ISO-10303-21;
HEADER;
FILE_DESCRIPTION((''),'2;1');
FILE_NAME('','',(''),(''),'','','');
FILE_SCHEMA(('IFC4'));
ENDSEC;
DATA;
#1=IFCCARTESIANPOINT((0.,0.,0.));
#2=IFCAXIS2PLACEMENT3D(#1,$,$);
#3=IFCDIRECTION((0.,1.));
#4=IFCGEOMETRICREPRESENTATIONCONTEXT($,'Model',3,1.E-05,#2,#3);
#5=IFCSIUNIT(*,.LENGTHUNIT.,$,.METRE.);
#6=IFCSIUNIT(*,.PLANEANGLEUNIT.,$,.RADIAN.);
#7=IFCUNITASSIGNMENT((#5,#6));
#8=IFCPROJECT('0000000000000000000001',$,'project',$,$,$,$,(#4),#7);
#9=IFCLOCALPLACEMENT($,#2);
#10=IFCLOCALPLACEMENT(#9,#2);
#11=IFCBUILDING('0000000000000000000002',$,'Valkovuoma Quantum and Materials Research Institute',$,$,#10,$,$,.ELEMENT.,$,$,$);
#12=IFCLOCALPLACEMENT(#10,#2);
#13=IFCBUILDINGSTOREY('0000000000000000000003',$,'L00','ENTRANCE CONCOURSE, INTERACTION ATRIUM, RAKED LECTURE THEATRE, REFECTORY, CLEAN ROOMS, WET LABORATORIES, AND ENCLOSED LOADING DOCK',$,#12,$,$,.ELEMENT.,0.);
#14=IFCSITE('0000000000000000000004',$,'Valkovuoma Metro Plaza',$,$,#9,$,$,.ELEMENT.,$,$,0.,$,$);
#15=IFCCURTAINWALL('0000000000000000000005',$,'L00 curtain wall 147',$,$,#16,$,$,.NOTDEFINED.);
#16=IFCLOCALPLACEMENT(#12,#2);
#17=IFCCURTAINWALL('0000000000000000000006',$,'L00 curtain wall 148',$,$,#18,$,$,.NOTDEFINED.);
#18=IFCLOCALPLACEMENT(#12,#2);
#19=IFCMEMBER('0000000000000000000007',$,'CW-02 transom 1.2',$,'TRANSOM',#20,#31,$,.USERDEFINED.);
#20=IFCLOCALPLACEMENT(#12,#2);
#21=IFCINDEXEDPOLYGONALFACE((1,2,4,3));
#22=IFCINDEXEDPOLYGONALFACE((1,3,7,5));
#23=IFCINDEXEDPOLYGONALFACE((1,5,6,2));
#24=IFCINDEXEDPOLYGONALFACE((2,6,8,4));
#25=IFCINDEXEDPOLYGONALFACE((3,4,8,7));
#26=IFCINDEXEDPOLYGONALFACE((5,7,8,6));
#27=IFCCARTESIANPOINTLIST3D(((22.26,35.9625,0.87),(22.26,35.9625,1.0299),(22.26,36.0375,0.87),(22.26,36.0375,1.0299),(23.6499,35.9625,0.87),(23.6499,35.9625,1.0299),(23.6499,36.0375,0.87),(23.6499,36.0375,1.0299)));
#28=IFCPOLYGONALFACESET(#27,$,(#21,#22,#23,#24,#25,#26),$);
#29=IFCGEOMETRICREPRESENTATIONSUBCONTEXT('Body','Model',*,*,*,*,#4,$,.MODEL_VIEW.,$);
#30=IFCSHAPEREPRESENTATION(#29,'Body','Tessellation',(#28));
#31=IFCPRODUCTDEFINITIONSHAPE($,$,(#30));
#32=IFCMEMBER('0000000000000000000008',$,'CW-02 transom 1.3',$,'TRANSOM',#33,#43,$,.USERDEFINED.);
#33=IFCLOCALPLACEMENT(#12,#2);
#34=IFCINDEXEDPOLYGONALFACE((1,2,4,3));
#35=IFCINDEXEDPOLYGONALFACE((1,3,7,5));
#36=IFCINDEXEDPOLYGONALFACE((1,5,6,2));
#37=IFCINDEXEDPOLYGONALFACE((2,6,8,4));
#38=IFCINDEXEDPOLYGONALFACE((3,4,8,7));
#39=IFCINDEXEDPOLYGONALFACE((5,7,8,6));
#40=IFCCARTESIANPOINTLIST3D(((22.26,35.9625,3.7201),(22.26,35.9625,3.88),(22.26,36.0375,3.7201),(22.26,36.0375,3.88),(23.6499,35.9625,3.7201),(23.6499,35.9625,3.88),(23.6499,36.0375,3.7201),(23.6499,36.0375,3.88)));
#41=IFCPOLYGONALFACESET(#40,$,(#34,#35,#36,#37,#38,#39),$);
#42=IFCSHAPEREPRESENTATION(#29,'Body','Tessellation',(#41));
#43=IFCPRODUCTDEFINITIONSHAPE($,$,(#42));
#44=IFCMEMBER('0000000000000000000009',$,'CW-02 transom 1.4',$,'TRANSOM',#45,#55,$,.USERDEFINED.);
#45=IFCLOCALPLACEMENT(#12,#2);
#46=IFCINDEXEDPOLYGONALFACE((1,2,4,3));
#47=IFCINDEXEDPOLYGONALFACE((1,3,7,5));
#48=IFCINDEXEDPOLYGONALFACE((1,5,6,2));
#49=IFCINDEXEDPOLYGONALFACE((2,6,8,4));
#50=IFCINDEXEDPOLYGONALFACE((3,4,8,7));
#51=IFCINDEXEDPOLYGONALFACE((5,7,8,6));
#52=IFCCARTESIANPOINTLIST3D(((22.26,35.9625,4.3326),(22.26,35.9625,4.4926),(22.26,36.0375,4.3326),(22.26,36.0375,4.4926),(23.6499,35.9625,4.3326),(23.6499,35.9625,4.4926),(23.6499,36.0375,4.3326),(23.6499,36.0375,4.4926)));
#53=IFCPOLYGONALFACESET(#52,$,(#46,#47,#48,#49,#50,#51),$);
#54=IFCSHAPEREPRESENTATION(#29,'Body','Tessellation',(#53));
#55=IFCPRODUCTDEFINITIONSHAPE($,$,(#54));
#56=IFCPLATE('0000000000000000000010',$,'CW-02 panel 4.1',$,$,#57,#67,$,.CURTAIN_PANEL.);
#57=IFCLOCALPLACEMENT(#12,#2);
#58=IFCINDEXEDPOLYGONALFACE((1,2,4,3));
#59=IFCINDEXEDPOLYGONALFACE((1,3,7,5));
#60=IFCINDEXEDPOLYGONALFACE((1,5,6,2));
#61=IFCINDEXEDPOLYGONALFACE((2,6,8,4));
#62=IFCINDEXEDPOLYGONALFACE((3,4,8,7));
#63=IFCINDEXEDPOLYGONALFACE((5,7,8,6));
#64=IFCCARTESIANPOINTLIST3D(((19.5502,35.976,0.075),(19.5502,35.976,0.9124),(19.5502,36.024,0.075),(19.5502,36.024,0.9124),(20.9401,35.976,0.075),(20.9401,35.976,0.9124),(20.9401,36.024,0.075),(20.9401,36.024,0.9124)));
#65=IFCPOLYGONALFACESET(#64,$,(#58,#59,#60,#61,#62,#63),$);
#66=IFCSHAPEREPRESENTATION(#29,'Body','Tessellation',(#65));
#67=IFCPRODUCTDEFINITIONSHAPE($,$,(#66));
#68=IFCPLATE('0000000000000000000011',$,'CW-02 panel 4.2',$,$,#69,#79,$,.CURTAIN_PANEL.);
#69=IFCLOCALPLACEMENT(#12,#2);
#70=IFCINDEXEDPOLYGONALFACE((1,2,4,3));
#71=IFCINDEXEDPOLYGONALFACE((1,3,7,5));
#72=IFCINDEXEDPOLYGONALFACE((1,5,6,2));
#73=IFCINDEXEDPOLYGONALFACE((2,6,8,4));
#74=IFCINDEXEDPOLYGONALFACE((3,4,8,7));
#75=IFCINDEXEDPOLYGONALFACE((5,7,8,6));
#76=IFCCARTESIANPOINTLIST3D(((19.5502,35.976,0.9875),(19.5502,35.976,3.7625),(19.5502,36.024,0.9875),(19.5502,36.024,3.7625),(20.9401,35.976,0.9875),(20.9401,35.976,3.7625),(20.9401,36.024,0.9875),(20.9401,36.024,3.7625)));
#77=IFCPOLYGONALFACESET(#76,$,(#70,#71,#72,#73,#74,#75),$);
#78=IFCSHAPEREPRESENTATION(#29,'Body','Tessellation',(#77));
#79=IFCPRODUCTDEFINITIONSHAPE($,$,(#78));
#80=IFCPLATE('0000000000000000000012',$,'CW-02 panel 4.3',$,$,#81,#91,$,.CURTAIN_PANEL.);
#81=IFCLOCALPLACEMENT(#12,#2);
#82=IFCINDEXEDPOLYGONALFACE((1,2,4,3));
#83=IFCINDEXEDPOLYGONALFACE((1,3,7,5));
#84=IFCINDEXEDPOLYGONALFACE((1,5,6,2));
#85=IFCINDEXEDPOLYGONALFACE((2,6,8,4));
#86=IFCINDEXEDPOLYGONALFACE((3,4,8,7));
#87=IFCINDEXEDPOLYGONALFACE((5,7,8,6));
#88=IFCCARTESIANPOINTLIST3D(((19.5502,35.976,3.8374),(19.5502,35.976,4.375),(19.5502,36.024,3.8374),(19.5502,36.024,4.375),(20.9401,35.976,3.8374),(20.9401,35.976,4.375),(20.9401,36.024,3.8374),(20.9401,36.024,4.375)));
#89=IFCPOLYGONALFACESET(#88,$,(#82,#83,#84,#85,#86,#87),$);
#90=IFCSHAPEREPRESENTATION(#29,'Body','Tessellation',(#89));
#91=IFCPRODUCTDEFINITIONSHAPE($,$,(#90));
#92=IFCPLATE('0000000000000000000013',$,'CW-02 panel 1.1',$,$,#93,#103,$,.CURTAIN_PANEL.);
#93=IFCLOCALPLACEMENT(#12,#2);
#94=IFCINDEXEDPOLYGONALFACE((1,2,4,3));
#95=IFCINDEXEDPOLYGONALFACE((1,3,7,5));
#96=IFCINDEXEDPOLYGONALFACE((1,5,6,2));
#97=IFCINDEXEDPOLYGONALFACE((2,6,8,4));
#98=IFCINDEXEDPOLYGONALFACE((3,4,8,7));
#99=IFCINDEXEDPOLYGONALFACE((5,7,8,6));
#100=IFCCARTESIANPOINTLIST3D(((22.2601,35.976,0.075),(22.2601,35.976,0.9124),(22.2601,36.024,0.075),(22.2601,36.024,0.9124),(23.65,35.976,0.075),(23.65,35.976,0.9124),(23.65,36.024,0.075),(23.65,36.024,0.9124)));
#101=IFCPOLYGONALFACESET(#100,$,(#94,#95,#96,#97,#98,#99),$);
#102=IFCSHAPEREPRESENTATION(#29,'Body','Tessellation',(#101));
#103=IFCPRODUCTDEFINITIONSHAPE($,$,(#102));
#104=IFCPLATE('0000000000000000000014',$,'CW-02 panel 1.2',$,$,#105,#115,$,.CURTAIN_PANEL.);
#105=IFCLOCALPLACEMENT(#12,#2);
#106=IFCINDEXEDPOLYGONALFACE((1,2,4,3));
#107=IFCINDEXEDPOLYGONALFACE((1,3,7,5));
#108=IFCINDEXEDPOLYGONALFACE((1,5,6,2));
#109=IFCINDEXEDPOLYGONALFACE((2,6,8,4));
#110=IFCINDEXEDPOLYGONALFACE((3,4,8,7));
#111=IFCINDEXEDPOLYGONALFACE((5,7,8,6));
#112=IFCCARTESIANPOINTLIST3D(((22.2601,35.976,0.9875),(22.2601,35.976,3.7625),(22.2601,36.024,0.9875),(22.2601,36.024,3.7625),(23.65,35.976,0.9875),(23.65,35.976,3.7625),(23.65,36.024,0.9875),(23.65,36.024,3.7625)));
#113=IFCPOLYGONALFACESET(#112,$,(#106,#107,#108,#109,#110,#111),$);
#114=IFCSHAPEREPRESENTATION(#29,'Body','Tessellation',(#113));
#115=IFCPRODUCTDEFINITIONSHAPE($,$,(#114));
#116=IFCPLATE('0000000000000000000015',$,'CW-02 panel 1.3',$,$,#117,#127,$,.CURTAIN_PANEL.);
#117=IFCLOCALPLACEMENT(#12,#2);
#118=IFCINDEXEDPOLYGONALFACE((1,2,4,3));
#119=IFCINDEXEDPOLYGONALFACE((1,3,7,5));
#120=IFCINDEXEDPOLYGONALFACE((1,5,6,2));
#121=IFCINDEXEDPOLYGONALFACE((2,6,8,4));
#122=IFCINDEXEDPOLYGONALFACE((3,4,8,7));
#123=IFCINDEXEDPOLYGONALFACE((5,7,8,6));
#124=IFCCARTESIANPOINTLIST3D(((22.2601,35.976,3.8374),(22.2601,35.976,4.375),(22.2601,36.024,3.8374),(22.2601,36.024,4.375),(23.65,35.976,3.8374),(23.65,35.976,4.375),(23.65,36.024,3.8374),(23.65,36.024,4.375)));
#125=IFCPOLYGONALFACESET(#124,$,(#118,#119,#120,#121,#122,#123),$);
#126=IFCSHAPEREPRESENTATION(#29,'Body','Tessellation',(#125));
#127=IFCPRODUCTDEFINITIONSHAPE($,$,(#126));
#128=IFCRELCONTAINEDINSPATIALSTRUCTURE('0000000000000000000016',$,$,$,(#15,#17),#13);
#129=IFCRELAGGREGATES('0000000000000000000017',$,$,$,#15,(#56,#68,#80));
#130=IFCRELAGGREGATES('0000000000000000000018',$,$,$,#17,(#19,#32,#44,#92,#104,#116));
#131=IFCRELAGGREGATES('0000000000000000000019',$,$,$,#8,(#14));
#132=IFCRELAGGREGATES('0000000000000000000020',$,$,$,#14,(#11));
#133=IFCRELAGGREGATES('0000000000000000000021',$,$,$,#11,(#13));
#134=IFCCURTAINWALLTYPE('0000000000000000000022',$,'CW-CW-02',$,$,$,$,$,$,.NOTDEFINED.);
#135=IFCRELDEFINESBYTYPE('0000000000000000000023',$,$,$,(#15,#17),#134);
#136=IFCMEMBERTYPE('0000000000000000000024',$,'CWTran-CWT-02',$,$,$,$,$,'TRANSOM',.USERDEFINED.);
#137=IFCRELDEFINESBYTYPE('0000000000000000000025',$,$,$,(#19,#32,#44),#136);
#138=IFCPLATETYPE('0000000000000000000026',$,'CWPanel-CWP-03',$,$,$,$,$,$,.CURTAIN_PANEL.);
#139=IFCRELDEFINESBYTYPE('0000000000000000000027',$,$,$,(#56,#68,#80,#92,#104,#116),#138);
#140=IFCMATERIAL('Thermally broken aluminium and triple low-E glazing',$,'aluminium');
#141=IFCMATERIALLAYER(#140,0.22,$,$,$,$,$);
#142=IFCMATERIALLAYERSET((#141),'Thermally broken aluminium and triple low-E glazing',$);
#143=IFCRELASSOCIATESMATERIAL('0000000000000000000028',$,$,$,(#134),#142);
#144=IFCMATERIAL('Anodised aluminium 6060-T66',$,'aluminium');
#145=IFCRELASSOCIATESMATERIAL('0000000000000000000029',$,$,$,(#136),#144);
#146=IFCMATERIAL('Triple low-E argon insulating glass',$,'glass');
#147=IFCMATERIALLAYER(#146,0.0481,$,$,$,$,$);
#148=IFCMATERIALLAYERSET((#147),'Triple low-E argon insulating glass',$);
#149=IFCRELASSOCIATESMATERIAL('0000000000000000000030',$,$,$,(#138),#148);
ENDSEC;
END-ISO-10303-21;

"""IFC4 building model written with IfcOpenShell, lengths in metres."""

from ifc_helpers import new_model, si_unit, direction, frame, origin, origin_2d, place, context, subcontext, project, spatial, rectangle, extrude, material, layer, layer_set, material_profile, profile_set, type_object, element, aggregate, save


model = new_model("IFC4")

# Units and contexts
model_context = context("Model", 3, precision=1e-05, world=origin(), true_north=direction((0.0, 1.0)))
body_context = subcontext(model_context, "Body", "Model", "MODEL_VIEW")
ifc_project = project(units=[si_unit("LENGTHUNIT", "METRE"), si_unit("PLANEANGLEUNIT", "RADIAN")], contexts=[model_context])

# Site, building, storey
site_placement = place(None, origin())
site = spatial("IfcSite", under=ifc_project, at=site_placement, Name="Valkovuoma Metro Plaza", CompositionType="ELEMENT", RefElevation=0.0)
building_placement = place(site_placement, origin())
building = spatial("IfcBuilding", under=site, at=building_placement, Name="Valkovuoma Quantum and Materials Research Institute", CompositionType="ELEMENT")
storey_placement = place(building_placement, origin())
storey = spatial("IfcBuildingStorey", under=building, at=storey_placement, Name="L00", Description="ENTRANCE CONCOURSE, INTERACTION ATRIUM, RAKED LECTURE THEATRE, REFECTORY, CLEAN ROOMS, WET LABORATORIES, AND ENCLOSED LOADING DOCK", CompositionType="ELEMENT", Elevation=0.0)

# Curtain wall
ifc_material_1 = material(Name="Thermally broken aluminium and triple low-E glazing", Category="aluminium")
ifc_layer_1 = layer(ifc_material_1, 0.22)
ifc_layer_set_1 = layer_set([ifc_layer_1], Name="Thermally broken aluminium and triple low-E glazing")
curtain_wall_type = type_object("IfcCurtainWallType", Name="CW-CW-02", PredefinedType="NOTDEFINED", material=ifc_layer_set_1)
curtain_wall_1_placement = place(storey_placement, origin())
curtain_wall_1 = element("IfcCurtainWall", 1, at=curtain_wall_1_placement, inside=storey, type_object=curtain_wall_type, Name="L00 curtain wall 147", PredefinedType="NOTDEFINED")

# Curtain wall, members
curtain_wall_2_placement = place(storey_placement, origin())
curtain_wall_2 = element("IfcCurtainWall", 2, at=curtain_wall_2_placement, inside=storey, type_object=curtain_wall_type, Name="L00 curtain wall 148", PredefinedType="NOTDEFINED")
ifc_material_2 = material(Name="Anodised aluminium 6060-T66", Category="aluminium")
ifc_material_profile_1 = material_profile(ifc_material_2, rectangle(XDim=0.075, YDim=0.1599, at=origin_2d()), Name="Anodised aluminium 6060-T66")
ifc_profile_set_1 = profile_set([ifc_material_profile_1], Name="Anodised aluminium 6060-T66")
member_type_1 = type_object("IfcMemberType", Name="CWTran-CWT-02", ElementType="TRANSOM", PredefinedType="USERDEFINED", material=ifc_profile_set_1)
member_1_placement = place(storey_placement, frame((22.26, 36.0, 0.95), z_axis=(1.0, 0.0, 0.0), x_axis=(0.0, 1.0, 0.0)))
member_1 = element("IfcMember", 3, at=member_1_placement, type_object=member_type_1, Name="CW-02 transom 1.2", ObjectType="TRANSOM", PredefinedType="USERDEFINED", context=body_context, shape_type="SweptSolid", body=[
    extrude(rectangle(XDim=0.075, YDim=0.1599, at=origin_2d()), origin(), (0.0, 0.0, 1.0), 1.3899),
])
member_2_placement = place(storey_placement, frame((22.26, 36.0, 3.8), z_axis=(1.0, 0.0, 0.0), x_axis=(0.0, 1.0, 0.0)))
member_2 = element("IfcMember", 4, at=member_2_placement, type_object=member_type_1, Name="CW-02 transom 1.3", ObjectType="TRANSOM", PredefinedType="USERDEFINED", context=body_context, shape_type="SweptSolid", body=[
    extrude(rectangle(XDim=0.075, YDim=0.1599, at=origin_2d()), origin(), (0.0, 0.0, 1.0), 1.3899),
])
member_3_placement = place(storey_placement, frame((22.26, 36.0, 4.4126), z_axis=(1.0, 0.0, 0.0), x_axis=(0.0, 1.0, 0.0)))
member_3 = element("IfcMember", 5, at=member_3_placement, type_object=member_type_1, Name="CW-02 transom 1.4", ObjectType="TRANSOM", PredefinedType="USERDEFINED", context=body_context, shape_type="SweptSolid", body=[
    extrude(rectangle(XDim=0.075, YDim=0.1599, at=origin_2d()), origin(), (0.0, 0.0, 1.0), 1.3899),
])

# Plates
ifc_material_3 = material(Name="Triple low-E argon insulating glass", Category="glass")
ifc_layer_2 = layer(ifc_material_3, 0.0481)
ifc_layer_set_2 = layer_set([ifc_layer_2], Name="Triple low-E argon insulating glass")
plate_type = type_object("IfcPlateType", Name="CWPanel-CWP-03", PredefinedType="CURTAIN_PANEL", material=ifc_layer_set_2)
plate_1_placement = place(storey_placement, frame((20.2451, 36.0, 0.075), z_axis=(0.0, 0.0, 1.0), x_axis=(1.0, 0.0, 0.0)))
plate_1 = element("IfcPlate", 6, at=plate_1_placement, type_object=plate_type, Name="CW-02 panel 4.1", PredefinedType="CURTAIN_PANEL", context=body_context, shape_type="SweptSolid", body=[
    extrude(rectangle(XDim=1.3899, YDim=0.0481, at=origin_2d()), origin(), (0.0, 0.0, 1.0), 0.8374),
])
plate_2_placement = place(storey_placement, frame((20.2451, 36.0, 0.9875), z_axis=(0.0, 0.0, 1.0), x_axis=(1.0, 0.0, 0.0)))
plate_2 = element("IfcPlate", 7, at=plate_2_placement, type_object=plate_type, Name="CW-02 panel 4.2", PredefinedType="CURTAIN_PANEL", context=body_context, shape_type="SweptSolid", body=[
    extrude(rectangle(XDim=1.3899, YDim=0.0481, at=origin_2d()), origin(), (0.0, 0.0, 1.0), 2.7749),
])
plate_3_placement = place(storey_placement, frame((20.2451, 36.0, 3.8374), z_axis=(0.0, 0.0, 1.0), x_axis=(1.0, 0.0, 0.0)))
plate_3 = element("IfcPlate", 8, at=plate_3_placement, type_object=plate_type, Name="CW-02 panel 4.3", PredefinedType="CURTAIN_PANEL", context=body_context, shape_type="SweptSolid", body=[
    extrude(rectangle(XDim=1.3899, YDim=0.0481, at=origin_2d()), origin(), (0.0, 0.0, 1.0), 0.5376),
])
aggregate(curtain_wall_1, [plate_1, plate_2, plate_3])
plate_4_placement = place(storey_placement, frame((22.9551, 36.0, 0.075), z_axis=(0.0, 0.0, 1.0), x_axis=(1.0, 0.0, 0.0)))
plate_4 = element("IfcPlate", 9, at=plate_4_placement, type_object=plate_type, Name="CW-02 panel 1.1", PredefinedType="CURTAIN_PANEL", context=body_context, shape_type="SweptSolid", body=[
    extrude(rectangle(XDim=1.3899, YDim=0.0481, at=origin_2d()), origin(), (0.0, 0.0, 1.0), 0.8374),
])
plate_5_placement = place(storey_placement, frame((22.9551, 36.0, 0.9875), z_axis=(0.0, 0.0, 1.0), x_axis=(1.0, 0.0, 0.0)))
plate_5 = element("IfcPlate", 10, at=plate_5_placement, type_object=plate_type, Name="CW-02 panel 1.2", PredefinedType="CURTAIN_PANEL", context=body_context, shape_type="SweptSolid", body=[
    extrude(rectangle(XDim=1.3899, YDim=0.0481, at=origin_2d()), origin(), (0.0, 0.0, 1.0), 2.7749),
])
plate_6_placement = place(storey_placement, frame((22.9551, 36.0, 3.8374), z_axis=(0.0, 0.0, 1.0), x_axis=(1.0, 0.0, 0.0)))
plate_6 = element("IfcPlate", 11, at=plate_6_placement, type_object=plate_type, Name="CW-02 panel 1.3", PredefinedType="CURTAIN_PANEL", context=body_context, shape_type="SweptSolid", body=[
    extrude(rectangle(XDim=1.3899, YDim=0.0481, at=origin_2d()), origin(), (0.0, 0.0, 1.0), 0.5376),
])
aggregate(curtain_wall_2, [member_1, member_2, member_3, plate_4, plate_5, plate_6])

save(model, "model.ifc")
